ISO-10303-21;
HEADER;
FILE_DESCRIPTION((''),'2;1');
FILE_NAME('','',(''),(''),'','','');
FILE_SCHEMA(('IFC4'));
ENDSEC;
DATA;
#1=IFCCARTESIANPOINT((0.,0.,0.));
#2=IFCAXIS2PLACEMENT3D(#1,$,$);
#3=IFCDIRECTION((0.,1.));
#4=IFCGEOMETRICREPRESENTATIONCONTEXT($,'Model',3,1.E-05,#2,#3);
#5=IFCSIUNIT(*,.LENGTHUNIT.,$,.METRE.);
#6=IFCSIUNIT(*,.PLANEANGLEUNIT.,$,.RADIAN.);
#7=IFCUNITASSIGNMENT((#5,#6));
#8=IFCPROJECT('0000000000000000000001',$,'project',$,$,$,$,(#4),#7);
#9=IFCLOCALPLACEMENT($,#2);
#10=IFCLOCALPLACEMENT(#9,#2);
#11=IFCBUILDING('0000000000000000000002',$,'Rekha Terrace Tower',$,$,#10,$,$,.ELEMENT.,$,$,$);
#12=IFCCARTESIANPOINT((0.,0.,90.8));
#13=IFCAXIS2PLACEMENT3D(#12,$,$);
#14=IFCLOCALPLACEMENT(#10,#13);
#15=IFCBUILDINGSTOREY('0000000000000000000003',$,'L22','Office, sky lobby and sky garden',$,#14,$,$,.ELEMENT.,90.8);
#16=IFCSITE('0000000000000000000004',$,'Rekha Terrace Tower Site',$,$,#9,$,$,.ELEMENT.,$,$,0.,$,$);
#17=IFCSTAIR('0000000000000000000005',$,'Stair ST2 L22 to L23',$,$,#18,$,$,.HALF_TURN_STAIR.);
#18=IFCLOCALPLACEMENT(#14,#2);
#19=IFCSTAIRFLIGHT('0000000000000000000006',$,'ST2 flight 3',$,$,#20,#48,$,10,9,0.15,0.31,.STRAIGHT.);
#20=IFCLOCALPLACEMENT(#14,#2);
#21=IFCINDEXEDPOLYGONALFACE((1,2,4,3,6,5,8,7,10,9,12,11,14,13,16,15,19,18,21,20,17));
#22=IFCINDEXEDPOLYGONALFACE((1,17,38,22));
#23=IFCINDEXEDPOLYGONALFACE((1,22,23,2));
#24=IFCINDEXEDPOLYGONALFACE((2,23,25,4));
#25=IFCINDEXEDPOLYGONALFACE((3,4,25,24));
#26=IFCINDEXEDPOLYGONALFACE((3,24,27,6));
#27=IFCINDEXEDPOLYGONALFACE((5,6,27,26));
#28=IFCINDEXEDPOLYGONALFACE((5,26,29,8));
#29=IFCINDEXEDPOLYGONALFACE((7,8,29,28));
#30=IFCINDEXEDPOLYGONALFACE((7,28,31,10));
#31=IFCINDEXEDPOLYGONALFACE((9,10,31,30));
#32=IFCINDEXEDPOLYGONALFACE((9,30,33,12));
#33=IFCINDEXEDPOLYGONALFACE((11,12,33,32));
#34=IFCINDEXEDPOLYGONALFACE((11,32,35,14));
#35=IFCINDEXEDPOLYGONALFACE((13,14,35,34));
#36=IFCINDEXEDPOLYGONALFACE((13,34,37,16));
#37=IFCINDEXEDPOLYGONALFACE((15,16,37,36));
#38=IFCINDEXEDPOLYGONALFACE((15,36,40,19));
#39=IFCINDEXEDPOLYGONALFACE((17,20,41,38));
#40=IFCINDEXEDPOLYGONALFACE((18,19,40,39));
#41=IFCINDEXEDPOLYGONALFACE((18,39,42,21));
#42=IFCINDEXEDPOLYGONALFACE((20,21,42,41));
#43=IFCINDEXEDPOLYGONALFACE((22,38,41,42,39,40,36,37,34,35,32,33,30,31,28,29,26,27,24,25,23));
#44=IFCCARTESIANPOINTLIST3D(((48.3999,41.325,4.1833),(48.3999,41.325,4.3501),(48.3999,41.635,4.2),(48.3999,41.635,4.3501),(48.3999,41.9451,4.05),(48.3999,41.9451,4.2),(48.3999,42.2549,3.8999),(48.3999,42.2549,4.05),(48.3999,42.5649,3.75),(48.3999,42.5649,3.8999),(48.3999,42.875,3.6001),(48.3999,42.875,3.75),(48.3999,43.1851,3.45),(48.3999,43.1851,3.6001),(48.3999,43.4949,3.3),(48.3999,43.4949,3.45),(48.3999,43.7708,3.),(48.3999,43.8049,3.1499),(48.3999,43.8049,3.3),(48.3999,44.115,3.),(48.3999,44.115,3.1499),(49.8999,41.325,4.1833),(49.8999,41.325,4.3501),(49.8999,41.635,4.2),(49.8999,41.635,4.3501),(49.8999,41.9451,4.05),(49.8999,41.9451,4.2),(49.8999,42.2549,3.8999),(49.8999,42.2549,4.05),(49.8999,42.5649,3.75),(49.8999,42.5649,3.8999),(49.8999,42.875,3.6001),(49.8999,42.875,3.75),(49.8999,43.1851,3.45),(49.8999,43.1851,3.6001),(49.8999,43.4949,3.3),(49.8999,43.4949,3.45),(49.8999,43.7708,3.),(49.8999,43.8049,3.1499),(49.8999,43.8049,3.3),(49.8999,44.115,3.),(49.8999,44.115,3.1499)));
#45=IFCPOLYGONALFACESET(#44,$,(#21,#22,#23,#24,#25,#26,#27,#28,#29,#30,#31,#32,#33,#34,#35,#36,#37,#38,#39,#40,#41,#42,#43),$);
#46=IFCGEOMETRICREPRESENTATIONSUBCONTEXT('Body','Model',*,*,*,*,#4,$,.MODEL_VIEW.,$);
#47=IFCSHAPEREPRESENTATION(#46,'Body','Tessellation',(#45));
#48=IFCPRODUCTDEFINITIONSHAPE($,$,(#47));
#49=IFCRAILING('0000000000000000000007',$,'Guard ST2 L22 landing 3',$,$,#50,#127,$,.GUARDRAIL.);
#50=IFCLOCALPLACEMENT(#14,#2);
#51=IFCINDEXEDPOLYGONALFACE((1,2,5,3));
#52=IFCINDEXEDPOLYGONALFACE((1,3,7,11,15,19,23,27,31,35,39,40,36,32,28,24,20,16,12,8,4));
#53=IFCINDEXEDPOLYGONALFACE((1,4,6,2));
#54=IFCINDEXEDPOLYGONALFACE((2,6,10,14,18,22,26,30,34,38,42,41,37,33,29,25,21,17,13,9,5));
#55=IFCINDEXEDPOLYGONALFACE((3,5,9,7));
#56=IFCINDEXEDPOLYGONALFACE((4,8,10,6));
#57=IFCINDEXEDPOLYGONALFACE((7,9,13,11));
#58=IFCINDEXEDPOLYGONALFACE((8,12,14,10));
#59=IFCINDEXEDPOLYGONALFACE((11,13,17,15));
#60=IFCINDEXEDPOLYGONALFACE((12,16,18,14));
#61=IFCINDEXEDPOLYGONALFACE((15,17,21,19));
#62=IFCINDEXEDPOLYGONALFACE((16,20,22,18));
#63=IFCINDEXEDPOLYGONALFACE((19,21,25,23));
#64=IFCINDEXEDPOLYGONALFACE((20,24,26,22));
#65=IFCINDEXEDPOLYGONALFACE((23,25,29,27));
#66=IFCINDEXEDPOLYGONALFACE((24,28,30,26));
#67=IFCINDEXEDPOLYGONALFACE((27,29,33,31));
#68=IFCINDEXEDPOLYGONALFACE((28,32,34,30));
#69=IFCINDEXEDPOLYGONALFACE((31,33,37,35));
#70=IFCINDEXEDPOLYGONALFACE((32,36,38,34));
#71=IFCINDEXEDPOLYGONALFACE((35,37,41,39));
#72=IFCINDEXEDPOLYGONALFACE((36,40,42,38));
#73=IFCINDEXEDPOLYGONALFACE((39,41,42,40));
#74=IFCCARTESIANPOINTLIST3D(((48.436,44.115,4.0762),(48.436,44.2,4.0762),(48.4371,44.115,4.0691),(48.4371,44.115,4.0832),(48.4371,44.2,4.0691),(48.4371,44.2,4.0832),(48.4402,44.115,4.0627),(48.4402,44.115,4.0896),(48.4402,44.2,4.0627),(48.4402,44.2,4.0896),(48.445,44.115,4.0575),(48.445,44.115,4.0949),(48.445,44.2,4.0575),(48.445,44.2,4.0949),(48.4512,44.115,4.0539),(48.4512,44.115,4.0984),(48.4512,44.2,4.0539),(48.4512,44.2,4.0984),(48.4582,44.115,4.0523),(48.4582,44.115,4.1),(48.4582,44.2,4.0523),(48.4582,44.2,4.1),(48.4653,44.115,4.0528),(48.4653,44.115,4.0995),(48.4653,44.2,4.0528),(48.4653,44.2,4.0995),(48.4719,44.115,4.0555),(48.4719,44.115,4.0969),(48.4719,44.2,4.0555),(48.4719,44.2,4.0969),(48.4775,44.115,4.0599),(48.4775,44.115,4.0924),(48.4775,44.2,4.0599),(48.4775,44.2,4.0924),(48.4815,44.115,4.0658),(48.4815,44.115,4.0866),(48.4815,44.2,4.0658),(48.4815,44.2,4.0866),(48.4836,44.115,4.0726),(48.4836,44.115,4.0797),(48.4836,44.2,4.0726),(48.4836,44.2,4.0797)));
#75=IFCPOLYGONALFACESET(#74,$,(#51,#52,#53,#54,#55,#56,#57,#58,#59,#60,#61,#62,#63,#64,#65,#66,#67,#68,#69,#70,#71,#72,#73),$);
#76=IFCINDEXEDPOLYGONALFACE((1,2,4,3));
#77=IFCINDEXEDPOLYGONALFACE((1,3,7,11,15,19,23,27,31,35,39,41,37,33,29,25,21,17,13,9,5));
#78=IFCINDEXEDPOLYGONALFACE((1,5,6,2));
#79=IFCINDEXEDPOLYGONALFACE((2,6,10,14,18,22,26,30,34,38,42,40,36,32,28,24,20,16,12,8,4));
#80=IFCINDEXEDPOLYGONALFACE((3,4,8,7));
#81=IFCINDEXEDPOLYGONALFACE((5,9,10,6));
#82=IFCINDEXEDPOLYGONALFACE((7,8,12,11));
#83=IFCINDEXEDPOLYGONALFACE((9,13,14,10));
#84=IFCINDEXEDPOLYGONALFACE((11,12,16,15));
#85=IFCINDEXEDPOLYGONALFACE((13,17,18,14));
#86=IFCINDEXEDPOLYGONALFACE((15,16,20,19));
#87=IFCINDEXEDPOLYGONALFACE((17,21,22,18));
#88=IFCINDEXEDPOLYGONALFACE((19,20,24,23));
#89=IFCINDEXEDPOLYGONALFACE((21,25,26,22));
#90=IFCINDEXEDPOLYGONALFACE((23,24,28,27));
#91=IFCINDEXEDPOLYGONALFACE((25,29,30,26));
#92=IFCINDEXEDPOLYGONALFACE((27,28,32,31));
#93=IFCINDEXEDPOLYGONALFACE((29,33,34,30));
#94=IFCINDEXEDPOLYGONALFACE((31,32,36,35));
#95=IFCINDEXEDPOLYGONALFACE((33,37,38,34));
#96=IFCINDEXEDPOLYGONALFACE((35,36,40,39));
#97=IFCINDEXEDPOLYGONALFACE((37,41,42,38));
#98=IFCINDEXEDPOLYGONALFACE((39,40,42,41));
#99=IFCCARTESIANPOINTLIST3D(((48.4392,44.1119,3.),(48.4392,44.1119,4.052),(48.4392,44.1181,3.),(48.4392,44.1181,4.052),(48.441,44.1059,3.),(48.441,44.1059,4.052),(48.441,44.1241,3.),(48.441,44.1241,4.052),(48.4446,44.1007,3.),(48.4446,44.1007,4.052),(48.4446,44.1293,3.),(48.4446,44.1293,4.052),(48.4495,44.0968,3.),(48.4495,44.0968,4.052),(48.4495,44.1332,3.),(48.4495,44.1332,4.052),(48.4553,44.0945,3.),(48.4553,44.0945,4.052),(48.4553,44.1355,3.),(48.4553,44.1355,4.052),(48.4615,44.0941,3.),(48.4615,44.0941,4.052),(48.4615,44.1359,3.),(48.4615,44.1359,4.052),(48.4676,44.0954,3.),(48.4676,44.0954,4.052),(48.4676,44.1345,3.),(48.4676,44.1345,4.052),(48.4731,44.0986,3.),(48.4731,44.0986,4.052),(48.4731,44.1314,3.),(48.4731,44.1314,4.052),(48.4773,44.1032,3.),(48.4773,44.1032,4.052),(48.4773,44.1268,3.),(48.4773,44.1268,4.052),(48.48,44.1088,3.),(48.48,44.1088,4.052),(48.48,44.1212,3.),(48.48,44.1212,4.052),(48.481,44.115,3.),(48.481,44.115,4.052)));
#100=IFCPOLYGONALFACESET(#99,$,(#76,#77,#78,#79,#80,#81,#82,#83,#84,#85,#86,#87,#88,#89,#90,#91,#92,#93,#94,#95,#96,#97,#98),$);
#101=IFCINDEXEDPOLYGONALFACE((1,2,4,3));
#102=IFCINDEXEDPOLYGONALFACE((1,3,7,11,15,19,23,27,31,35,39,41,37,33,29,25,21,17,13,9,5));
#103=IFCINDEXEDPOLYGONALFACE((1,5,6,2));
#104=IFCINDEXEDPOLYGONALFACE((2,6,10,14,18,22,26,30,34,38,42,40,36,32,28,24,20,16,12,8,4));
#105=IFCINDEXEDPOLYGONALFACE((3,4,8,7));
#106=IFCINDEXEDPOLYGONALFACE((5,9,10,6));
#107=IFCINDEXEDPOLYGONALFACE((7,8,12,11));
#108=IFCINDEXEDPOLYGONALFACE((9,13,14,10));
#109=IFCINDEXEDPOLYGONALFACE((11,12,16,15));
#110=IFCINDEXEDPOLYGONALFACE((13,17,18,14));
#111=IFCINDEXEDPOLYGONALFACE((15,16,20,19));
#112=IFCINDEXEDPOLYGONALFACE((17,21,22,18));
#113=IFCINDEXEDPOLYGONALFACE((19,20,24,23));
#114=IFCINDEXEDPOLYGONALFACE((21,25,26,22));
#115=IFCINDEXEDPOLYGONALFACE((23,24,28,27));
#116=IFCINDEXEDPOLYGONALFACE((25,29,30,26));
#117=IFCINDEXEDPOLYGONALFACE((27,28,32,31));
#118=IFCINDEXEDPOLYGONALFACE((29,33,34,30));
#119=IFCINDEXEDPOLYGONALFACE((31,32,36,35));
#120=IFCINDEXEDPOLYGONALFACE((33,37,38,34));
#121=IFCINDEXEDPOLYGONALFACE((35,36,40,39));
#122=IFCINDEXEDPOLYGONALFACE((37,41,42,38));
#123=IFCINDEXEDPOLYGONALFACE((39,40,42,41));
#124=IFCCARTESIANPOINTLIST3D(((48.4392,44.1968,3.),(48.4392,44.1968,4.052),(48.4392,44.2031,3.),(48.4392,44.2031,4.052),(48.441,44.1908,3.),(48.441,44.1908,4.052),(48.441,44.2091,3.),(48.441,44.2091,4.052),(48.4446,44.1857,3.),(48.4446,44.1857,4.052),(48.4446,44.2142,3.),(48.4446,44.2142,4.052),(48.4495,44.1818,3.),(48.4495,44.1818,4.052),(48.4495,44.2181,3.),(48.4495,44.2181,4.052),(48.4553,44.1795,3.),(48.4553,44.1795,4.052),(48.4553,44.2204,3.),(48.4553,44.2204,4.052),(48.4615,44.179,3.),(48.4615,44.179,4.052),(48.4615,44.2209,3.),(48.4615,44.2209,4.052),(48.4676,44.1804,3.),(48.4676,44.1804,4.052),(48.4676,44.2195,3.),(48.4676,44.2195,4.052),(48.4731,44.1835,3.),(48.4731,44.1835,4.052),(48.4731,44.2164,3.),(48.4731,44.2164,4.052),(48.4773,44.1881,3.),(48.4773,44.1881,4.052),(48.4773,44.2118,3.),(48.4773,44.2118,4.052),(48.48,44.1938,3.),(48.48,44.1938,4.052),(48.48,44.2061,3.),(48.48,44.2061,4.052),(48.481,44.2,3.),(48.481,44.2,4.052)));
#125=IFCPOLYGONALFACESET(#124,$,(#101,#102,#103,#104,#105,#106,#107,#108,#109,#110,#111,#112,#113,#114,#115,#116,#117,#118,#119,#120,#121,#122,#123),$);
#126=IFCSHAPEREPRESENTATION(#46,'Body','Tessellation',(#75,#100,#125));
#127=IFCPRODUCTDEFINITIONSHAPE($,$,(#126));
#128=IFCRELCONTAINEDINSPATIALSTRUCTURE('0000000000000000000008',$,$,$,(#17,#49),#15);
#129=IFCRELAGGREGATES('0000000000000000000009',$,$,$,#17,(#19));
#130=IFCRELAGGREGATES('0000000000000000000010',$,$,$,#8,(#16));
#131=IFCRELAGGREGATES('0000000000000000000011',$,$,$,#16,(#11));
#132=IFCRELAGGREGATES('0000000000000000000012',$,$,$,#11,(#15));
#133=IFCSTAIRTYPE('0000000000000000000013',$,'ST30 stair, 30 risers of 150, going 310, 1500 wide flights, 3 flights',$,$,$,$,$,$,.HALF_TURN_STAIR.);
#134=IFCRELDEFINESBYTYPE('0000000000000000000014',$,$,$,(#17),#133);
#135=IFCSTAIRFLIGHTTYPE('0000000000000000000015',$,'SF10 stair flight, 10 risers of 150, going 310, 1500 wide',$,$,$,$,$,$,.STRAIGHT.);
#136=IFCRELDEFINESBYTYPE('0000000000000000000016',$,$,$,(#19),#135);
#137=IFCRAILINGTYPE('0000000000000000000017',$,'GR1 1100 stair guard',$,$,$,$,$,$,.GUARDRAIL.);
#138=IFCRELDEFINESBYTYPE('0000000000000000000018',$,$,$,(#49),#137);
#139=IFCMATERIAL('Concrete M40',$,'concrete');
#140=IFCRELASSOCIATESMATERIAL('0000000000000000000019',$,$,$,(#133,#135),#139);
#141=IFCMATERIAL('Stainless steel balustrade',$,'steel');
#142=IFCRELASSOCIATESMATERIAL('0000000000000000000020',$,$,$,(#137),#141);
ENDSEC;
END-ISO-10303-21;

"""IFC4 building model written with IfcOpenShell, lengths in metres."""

from ifc_helpers import new_model, si_unit, direction, frame, origin, origin_2d, place, context, subcontext, project, spatial, polyline, circle, outline, extrude, material, type_object, element, aggregate, save


model = new_model("IFC4")

# Units and contexts
model_context = context("Model", 3, precision=1e-05, world=origin(), true_north=direction((0.0, 1.0)))
body_context = subcontext(model_context, "Body", "Model", "MODEL_VIEW")
ifc_project = project(units=[si_unit("LENGTHUNIT", "METRE"), si_unit("PLANEANGLEUNIT", "RADIAN")], contexts=[model_context])

# Site, building, storey
site_placement = place(None, origin())
site = spatial("IfcSite", under=ifc_project, at=site_placement, Name="Rekha Terrace Tower Site", CompositionType="ELEMENT", RefElevation=0.0)
building_placement = place(site_placement, origin())
building = spatial("IfcBuilding", under=site, at=building_placement, Name="Rekha Terrace Tower", CompositionType="ELEMENT")
storey_placement = place(building_placement, frame((0.0, 0.0, 90.8)))
storey = spatial("IfcBuildingStorey", under=building, at=storey_placement, Name="L22", Description="Office, sky lobby and sky garden", CompositionType="ELEMENT", Elevation=90.8)

# Stair, stair flight
ifc_material_1 = material(Name="Concrete M40", Category="concrete")
stair_type = type_object("IfcStairType", Name="ST30 stair, 30 risers of 150, going 310, 1500 wide flights, 3 flights", PredefinedType="HALF_TURN_STAIR", material=ifc_material_1)
stair_placement = place(storey_placement, origin())
stair = element("IfcStair", 1, at=stair_placement, inside=storey, type_object=stair_type, Name="Stair ST2 L22 to L23", PredefinedType="HALF_TURN_STAIR")
stair_flight_type = type_object("IfcStairFlightType", Name="SF10 stair flight, 10 risers of 150, going 310, 1500 wide", PredefinedType="STRAIGHT", material=ifc_material_1)
stair_flight_placement = place(storey_placement, frame((49.1499, 44.115, 3.0), z_axis=(0.0, 0.0, 1.0), x_axis=(0.0, -1.0, 0.0)))
stair_flight = element("IfcStairFlight", 2, at=stair_flight_placement, type_object=stair_flight_type, Name="ST2 flight 3", NumberOfRisers=10, NumberOfTreads=9, PredefinedType="STRAIGHT", RiserHeight=0.15, TreadLength=0.31, context=body_context, shape_type="SweptSolid", body=[
    extrude(outline(polyline([(0.0, 0.0), (0.0, 0.1499), (0.3101, 0.1499), (0.3101, 0.3), (0.6201, 0.3), (0.6201, 0.45), (0.9299, 0.45), (0.9299, 0.6001), (1.24, 0.6001), (1.24, 0.75), (1.55, 0.75), (1.55, 0.8999), (1.8601, 0.8999), (1.8601, 1.05), (2.1699, 1.05), (2.1699, 1.2), (2.48, 1.2), (2.48, 1.3501), (2.79, 1.3501), (2.79, 1.5), (2.79, 1.1833), (0.3442, 0.0), (0.0, 0.0)])), frame((0.0, 0.75, 0.0), z_axis=(0.0, -1.0, 0.0), x_axis=(1.0, 0.0, 0.0)), (0.0, 0.0, 1.0), 1.5),
])
aggregate(stair, [stair_flight])

# Railing
ifc_material_2 = material(Name="Stainless steel balustrade", Category="steel")
railing_type_1 = type_object("IfcRailingType", Name="GR1 1100 stair guard", PredefinedType="GUARDRAIL", material=ifc_material_2)
railing_1_placement = place(storey_placement, frame((48.46, 44.115, 3.0)))
element("IfcRailing", 3, at=railing_1_placement, inside=storey, type_object=railing_type_1, Name="Guard ST2 L22 landing 3", PredefinedType="GUARDRAIL", context=body_context, shape_type="SweptSolid", body=[
    extrude(circle(Radius=0.0239, at=origin_2d()), frame((0.0, 0.0, 1.0762), z_axis=(0.0, 1.0, 0.0), x_axis=(-1.0, 0.0, 0.0)), (0.0, 0.0, 1.0), 0.085),
    extrude(circle(Radius=0.021, at=origin_2d()), origin(), (0.0, 0.0, 1.0), 1.052),
    extrude(circle(Radius=0.021, at=origin_2d()), frame((0.0, 0.085, 0.0)), (0.0, 0.0, 1.0), 1.052),
])

save(model, "model.ifc")
